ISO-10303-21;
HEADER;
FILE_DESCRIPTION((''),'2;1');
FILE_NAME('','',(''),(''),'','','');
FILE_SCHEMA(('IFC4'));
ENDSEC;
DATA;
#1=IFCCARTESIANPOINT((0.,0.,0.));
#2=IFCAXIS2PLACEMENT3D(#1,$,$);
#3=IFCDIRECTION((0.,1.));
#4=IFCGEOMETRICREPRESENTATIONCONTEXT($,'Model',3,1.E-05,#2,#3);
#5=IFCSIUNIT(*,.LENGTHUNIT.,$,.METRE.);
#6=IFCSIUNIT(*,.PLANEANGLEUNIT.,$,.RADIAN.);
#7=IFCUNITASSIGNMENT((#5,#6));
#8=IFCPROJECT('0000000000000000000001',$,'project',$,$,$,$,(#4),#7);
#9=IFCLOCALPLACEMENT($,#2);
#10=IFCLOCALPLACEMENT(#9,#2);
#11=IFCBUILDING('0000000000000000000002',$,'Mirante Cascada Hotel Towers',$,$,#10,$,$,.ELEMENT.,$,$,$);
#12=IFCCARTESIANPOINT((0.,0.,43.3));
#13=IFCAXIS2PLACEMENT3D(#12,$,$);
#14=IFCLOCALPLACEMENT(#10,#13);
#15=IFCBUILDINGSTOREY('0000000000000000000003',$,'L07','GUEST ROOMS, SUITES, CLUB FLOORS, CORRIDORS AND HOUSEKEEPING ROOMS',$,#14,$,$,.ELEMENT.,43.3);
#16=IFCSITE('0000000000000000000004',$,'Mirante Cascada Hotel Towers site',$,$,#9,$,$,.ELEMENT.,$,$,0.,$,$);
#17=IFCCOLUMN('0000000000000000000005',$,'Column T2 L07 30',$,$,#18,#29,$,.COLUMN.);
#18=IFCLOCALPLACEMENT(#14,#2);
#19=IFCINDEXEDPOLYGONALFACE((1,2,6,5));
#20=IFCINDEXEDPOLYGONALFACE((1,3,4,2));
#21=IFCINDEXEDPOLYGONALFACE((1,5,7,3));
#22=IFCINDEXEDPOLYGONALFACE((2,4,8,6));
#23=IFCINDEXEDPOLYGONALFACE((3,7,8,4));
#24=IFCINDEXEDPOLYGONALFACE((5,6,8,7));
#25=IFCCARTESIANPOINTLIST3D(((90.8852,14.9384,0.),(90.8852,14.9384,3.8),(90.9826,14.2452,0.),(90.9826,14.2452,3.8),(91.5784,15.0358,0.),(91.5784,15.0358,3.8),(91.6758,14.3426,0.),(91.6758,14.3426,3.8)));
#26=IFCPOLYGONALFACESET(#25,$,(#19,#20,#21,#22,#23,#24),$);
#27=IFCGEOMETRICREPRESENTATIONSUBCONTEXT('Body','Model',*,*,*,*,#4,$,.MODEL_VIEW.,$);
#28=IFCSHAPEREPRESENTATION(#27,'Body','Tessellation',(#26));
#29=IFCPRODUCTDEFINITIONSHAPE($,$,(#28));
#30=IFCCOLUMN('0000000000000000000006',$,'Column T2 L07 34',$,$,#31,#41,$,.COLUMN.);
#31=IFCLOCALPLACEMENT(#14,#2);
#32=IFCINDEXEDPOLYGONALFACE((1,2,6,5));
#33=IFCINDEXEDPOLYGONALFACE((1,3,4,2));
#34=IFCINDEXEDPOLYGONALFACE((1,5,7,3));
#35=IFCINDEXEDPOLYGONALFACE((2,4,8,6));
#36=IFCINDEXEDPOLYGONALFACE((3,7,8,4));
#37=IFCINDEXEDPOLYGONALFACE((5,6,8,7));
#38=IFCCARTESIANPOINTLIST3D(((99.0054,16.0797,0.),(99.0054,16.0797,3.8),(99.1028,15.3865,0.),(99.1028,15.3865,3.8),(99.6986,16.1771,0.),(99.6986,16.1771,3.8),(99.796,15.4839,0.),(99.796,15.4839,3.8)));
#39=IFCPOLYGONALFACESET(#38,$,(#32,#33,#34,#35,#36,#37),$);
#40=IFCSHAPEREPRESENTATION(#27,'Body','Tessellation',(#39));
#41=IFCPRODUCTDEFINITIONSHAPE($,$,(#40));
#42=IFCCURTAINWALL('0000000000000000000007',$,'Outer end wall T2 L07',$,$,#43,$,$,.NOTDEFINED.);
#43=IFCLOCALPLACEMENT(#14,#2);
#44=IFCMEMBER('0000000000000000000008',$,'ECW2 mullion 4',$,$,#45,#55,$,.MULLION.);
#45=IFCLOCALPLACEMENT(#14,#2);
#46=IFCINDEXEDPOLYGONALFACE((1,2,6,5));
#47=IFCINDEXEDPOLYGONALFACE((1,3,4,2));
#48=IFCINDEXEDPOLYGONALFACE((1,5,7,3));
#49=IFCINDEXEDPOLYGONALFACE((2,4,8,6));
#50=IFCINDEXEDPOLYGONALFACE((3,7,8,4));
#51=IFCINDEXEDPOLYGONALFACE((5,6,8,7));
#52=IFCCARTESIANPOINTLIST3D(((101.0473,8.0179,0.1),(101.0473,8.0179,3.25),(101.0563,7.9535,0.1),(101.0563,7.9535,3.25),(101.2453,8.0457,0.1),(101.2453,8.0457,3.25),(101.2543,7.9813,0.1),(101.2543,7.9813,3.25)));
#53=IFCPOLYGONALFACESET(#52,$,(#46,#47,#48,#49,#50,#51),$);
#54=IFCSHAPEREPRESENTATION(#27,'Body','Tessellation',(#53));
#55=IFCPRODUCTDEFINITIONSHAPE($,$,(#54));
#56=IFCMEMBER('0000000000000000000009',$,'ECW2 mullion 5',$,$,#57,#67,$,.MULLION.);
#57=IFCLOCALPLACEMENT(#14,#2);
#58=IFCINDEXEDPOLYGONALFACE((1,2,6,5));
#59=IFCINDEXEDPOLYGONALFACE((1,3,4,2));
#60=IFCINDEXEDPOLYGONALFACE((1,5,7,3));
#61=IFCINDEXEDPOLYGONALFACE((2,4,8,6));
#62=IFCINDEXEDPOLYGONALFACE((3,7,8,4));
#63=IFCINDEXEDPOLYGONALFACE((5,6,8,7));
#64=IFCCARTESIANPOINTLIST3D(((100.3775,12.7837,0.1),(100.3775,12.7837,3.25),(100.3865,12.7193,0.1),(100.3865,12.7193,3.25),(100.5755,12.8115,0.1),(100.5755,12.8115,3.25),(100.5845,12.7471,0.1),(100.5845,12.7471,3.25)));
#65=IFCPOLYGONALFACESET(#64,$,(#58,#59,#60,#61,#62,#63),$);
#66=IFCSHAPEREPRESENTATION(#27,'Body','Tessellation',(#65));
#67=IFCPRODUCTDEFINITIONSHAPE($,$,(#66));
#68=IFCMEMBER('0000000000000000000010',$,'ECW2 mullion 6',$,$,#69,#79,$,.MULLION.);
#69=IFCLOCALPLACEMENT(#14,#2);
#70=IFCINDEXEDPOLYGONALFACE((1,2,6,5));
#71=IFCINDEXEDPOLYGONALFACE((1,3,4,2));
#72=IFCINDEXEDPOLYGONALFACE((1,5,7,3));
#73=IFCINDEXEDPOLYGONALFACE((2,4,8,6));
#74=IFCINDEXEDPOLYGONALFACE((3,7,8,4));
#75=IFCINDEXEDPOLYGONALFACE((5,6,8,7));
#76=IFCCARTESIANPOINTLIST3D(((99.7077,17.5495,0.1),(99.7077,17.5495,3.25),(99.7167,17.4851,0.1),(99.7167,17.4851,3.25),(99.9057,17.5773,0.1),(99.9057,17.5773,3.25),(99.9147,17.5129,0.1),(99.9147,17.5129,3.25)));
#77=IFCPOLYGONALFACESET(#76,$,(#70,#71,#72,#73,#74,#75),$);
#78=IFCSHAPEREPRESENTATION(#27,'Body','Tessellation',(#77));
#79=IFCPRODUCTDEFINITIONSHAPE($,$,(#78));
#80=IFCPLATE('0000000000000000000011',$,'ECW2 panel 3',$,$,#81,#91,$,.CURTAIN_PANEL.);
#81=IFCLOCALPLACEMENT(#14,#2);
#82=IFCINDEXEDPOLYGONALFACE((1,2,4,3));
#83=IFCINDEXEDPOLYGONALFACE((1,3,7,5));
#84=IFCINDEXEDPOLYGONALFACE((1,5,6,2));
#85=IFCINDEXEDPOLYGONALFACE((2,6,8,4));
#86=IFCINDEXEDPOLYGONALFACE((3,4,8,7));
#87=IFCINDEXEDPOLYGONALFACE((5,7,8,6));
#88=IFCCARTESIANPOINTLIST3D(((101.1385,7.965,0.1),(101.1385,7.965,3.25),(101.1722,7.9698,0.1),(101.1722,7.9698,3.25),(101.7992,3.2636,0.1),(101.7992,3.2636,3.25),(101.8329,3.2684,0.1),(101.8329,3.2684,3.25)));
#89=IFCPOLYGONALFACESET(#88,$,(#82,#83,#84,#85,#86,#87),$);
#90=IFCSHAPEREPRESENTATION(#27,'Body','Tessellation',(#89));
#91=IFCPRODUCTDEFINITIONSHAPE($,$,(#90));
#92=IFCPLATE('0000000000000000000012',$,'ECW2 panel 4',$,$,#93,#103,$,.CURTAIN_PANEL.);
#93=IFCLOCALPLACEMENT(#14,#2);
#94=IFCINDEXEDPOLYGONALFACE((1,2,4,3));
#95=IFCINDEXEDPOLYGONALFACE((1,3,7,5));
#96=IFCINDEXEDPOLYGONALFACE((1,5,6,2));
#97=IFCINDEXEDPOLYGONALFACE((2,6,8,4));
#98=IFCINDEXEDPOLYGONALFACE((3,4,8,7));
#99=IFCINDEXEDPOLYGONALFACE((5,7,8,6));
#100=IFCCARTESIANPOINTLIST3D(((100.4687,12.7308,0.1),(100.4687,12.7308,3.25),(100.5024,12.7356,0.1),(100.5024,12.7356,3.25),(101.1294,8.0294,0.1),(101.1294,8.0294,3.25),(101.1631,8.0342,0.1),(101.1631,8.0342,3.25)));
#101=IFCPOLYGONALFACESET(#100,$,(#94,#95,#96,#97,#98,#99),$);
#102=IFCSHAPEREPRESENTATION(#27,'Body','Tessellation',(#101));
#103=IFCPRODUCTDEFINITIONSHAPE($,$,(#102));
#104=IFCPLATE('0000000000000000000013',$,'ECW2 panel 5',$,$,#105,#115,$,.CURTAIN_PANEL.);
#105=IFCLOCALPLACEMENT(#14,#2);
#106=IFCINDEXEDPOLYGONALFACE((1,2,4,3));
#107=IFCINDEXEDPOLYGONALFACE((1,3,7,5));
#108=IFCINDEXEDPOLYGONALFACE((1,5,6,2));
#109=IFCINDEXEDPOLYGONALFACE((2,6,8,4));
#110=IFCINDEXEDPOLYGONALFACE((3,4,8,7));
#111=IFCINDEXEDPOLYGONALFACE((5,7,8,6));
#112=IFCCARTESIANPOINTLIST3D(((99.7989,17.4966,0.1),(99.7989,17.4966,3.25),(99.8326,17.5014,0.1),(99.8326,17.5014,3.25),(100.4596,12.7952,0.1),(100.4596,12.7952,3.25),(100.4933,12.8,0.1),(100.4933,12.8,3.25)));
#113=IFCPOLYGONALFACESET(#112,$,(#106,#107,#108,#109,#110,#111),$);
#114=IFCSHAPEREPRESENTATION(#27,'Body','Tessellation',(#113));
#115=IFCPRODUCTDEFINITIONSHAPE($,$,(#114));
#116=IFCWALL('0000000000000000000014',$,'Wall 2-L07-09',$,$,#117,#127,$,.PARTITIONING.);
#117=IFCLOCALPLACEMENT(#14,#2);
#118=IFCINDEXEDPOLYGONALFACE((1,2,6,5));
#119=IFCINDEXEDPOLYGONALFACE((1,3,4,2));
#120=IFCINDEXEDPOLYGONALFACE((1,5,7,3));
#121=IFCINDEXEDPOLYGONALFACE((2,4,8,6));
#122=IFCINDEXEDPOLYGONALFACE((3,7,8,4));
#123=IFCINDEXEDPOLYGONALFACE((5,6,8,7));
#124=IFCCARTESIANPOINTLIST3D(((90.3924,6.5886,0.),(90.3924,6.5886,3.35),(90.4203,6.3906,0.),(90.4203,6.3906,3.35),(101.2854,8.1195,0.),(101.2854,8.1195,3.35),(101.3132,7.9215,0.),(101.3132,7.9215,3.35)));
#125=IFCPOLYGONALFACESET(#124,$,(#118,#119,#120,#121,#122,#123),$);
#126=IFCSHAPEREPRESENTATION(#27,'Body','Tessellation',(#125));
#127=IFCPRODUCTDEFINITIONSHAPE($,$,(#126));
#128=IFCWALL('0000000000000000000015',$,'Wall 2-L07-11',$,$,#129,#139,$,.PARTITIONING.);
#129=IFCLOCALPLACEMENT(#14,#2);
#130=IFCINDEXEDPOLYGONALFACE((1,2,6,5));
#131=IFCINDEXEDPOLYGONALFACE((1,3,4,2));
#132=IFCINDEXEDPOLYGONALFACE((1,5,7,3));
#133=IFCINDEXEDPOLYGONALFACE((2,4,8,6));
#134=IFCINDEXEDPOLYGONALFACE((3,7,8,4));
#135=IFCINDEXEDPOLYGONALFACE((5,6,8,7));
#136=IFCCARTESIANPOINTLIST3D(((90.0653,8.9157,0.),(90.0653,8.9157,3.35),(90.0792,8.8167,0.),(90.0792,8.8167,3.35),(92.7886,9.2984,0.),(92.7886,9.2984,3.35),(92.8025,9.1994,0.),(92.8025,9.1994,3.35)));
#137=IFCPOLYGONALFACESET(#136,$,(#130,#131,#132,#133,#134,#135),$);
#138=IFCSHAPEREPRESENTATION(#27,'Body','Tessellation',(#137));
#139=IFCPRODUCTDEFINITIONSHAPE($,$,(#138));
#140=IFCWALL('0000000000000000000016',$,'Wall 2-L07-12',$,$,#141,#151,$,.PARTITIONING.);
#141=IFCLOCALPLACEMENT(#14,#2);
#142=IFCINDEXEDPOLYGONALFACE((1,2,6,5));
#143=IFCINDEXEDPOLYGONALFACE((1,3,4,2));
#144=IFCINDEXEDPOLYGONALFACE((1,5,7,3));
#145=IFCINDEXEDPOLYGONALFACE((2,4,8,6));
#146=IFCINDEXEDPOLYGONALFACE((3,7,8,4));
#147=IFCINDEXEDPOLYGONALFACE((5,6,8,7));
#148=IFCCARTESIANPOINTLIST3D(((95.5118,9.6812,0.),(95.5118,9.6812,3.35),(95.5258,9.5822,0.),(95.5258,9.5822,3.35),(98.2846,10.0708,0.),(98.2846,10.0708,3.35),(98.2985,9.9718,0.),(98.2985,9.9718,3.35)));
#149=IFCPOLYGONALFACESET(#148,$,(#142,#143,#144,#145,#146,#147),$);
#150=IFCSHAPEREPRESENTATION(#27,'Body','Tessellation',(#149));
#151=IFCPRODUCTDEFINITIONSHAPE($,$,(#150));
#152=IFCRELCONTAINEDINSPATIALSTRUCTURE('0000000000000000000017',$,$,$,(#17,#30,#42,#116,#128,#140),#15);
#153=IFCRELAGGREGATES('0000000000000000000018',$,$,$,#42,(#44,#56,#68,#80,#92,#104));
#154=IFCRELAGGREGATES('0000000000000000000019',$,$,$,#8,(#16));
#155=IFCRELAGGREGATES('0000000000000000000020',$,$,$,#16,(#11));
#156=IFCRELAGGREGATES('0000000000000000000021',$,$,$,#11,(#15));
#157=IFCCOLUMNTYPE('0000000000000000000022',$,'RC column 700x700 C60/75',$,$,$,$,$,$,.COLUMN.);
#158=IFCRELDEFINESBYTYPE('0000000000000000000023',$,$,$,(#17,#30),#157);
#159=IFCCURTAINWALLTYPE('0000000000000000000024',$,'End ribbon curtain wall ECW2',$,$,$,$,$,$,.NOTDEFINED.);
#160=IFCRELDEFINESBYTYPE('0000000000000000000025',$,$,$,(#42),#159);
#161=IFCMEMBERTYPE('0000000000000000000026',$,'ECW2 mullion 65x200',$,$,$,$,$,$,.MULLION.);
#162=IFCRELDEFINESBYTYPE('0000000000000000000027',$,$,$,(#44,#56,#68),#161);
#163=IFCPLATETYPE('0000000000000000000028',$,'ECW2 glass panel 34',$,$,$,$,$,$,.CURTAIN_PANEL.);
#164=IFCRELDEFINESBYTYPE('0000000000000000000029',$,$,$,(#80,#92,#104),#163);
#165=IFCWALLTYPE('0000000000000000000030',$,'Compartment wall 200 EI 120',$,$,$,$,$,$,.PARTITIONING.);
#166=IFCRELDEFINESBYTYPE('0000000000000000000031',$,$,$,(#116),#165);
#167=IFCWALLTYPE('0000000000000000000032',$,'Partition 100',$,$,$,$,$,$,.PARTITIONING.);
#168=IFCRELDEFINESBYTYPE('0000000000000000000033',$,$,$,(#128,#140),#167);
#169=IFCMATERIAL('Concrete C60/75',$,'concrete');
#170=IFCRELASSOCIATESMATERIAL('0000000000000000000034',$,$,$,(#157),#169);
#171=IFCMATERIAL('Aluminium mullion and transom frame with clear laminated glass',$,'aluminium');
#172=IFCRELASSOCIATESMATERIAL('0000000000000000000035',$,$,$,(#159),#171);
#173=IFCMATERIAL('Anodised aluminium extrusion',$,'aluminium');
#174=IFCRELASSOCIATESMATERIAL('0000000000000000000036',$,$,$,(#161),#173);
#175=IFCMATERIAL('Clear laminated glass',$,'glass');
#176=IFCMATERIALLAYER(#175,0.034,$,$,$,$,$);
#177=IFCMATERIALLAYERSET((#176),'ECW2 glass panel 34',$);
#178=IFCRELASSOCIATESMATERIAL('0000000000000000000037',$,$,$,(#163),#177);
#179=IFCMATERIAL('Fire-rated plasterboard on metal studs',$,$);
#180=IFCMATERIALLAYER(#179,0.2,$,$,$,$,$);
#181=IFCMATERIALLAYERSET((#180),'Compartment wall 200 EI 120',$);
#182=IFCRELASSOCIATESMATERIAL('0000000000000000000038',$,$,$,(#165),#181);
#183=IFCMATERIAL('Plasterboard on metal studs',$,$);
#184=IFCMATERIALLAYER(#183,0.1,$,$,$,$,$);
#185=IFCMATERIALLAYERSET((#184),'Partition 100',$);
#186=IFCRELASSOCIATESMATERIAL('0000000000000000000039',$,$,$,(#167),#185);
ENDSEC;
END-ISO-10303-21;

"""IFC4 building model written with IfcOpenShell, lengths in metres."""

from ifc_helpers import new_model, si_unit, direction, frame, frame_2d, origin, origin_2d, place, context, subcontext, project, spatial, rectangle, extrude, material, layer, layer_set, material_profile, profile_set, type_object, element, aggregate, save


model = new_model("IFC4")

# Units and contexts
model_context = context("Model", 3, precision=1e-05, world=origin(), true_north=direction((0.0, 1.0)))
body_context = subcontext(model_context, "Body", "Model", "MODEL_VIEW")
ifc_project = project(units=[si_unit("LENGTHUNIT", "METRE"), si_unit("PLANEANGLEUNIT", "RADIAN")], contexts=[model_context])

# Site, building, storey
site_placement = place(None, origin())
site = spatial("IfcSite", under=ifc_project, at=site_placement, Name="Mirante Cascada Hotel Towers site", CompositionType="ELEMENT", RefElevation=0.0)
building_placement = place(site_placement, origin())
building = spatial("IfcBuilding", under=site, at=building_placement, Name="Mirante Cascada Hotel Towers", CompositionType="ELEMENT")
storey_placement = place(building_placement, frame((0.0, 0.0, 43.3)))
storey = spatial("IfcBuildingStorey", under=building, at=storey_placement, Name="L07", Description="GUEST ROOMS, SUITES, CLUB FLOORS, CORRIDORS AND HOUSEKEEPING ROOMS", CompositionType="ELEMENT", Elevation=43.3)

# Columns
ifc_material_1 = material(Name="Concrete C60/75", Category="concrete")
ifc_material_profile_1 = material_profile(ifc_material_1, rectangle(XDim=0.7, YDim=0.7, at=origin_2d()), Name="RC column 700x700 C60/75")
ifc_profile_set_1 = profile_set([ifc_material_profile_1], Name="Concrete C60/75")
column_type = type_object("IfcColumnType", Name="RC column 700x700 C60/75", PredefinedType="COLUMN", material=ifc_profile_set_1)
for number, where, z_axis, x_axis, name in (
    (1, (91.2805, 14.6405, 0.0), (0.0, 0.0, 1.0), (0.990268, 0.139173, 0.0), "Column T2 L07 30"),
    (2, (99.4007, 15.7818, 0.0), (0.0, 0.0, 1.0), (0.990268, 0.139173, 0.0), "Column T2 L07 34"),
):
    element("IfcColumn", number, at=place(storey_placement, frame(where, z_axis=z_axis, x_axis=x_axis)), inside=storey, type_object=column_type, Name=name, PredefinedType="COLUMN", context=body_context, shape_type="SweptSolid", body=[
        extrude(rectangle(XDim=0.7, YDim=0.7, at=origin_2d()), origin(), (0.0, 0.0, 1.0), 3.8),
    ])

# Curtain wall, members, plates
ifc_material_2 = material(Name="Aluminium mullion and transom frame with clear laminated glass", Category="aluminium")
curtain_wall_type = type_object("IfcCurtainWallType", Name="End ribbon curtain wall ECW2", PredefinedType="NOTDEFINED", material=ifc_material_2)
curtain_wall_placement = place(storey_placement, origin())
curtain_wall = element("IfcCurtainWall", 3, at=curtain_wall_placement, inside=storey, type_object=curtain_wall_type, Name="Outer end wall T2 L07", PredefinedType="NOTDEFINED")
ifc_material_3 = material(Name="Anodised aluminium extrusion", Category="aluminium")
ifc_material_profile_2 = material_profile(ifc_material_3, rectangle(XDim=0.2, YDim=0.065, at=origin_2d()), Name="ECW2 MULLION 65x200")
ifc_profile_set_2 = profile_set([ifc_material_profile_2], Name="Anodised aluminium extrusion")
member_type = type_object("IfcMemberType", Name="ECW2 mullion 65x200", PredefinedType="MULLION", material=ifc_profile_set_2)
member_1_placement = place(storey_placement, frame((101.1508, 7.9996, 0.1), z_axis=(0.0, 0.0, 1.0), x_axis=(-0.990268, -0.139173, 0.0)))
member_1 = element("IfcMember", 4, at=member_1_placement, type_object=member_type, Name="ECW2 mullion 4", PredefinedType="MULLION", context=body_context, shape_type="SweptSolid", body=[
    extrude(rectangle(XDim=0.2, YDim=0.065, at=origin_2d()), origin(), (0.0, 0.0, 1.0), 3.15),
])
member_2_placement = place(storey_placement, frame((100.481, 12.7654, 0.1), z_axis=(0.0, 0.0, 1.0), x_axis=(-0.990268, -0.139173, 0.0)))
member_2 = element("IfcMember", 5, at=member_2_placement, type_object=member_type, Name="ECW2 mullion 5", PredefinedType="MULLION", context=body_context, shape_type="SweptSolid", body=[
    extrude(rectangle(XDim=0.2, YDim=0.065, at=origin_2d()), origin(), (0.0, 0.0, 1.0), 3.15),
])
member_3_placement = place(storey_placement, frame((99.8112, 17.5312, 0.1), z_axis=(0.0, 0.0, 1.0), x_axis=(-0.990268, -0.139173, 0.0)))
member_3 = element("IfcMember", 6, at=member_3_placement, type_object=member_type, Name="ECW2 mullion 6", PredefinedType="MULLION", context=body_context, shape_type="SweptSolid", body=[
    extrude(rectangle(XDim=0.2, YDim=0.065, at=origin_2d()), origin(), (0.0, 0.0, 1.0), 3.15),
])
ifc_material_4 = material(Name="Clear laminated glass", Category="glass")
ifc_layer_1 = layer(ifc_material_4, 0.034)
ifc_layer_set_1 = layer_set([ifc_layer_1], Name="ECW2 glass panel 34")
plate_type = type_object("IfcPlateType", Name="ECW2 glass panel 34", PredefinedType="CURTAIN_PANEL", material=ifc_layer_set_1)
plate_1_placement = place(storey_placement, frame((101.4857, 5.6167, 0.1), z_axis=(0.0, 0.0, 1.0), x_axis=(-0.139173, 0.990268, 0.0)))
plate_1 = element("IfcPlate", 7, at=plate_1_placement, type_object=plate_type, Name="ECW2 panel 3", PredefinedType="CURTAIN_PANEL", context=body_context, shape_type="SweptSolid", body=[
    extrude(rectangle(XDim=4.7476, YDim=0.034, at=origin_2d()), origin(), (0.0, 0.0, 1.0), 3.15),
])
plate_2_placement = place(storey_placement, frame((100.8159, 10.3825, 0.1), z_axis=(0.0, 0.0, 1.0), x_axis=(-0.139173, 0.990268, 0.0)))
plate_2 = element("IfcPlate", 8, at=plate_2_placement, type_object=plate_type, Name="ECW2 panel 4", PredefinedType="CURTAIN_PANEL", context=body_context, shape_type="SweptSolid", body=[
    extrude(rectangle(XDim=4.7476, YDim=0.034, at=origin_2d()), origin(), (0.0, 0.0, 1.0), 3.15),
])
plate_3_placement = place(storey_placement, frame((100.1461, 15.1483, 0.1), z_axis=(0.0, 0.0, 1.0), x_axis=(-0.139173, 0.990268, 0.0)))
plate_3 = element("IfcPlate", 9, at=plate_3_placement, type_object=plate_type, Name="ECW2 panel 5", PredefinedType="CURTAIN_PANEL", context=body_context, shape_type="SweptSolid", body=[
    extrude(rectangle(XDim=4.7476, YDim=0.034, at=origin_2d()), origin(), (0.0, 0.0, 1.0), 3.15),
])
aggregate(curtain_wall, [member_1, member_2, member_3, plate_1, plate_2, plate_3])

# Walls
ifc_material_5 = material(Name="Fire-rated plasterboard on metal studs")
ifc_layer_2 = layer(ifc_material_5, 0.2)
ifc_layer_set_2 = layer_set([ifc_layer_2], Name="Compartment wall 200 EI 120")
wall_type_1 = type_object("IfcWallType", Name="Compartment wall 200 EI 120", PredefinedType="PARTITIONING", material=ifc_layer_set_2)
wall_1_placement = place(storey_placement, frame((101.2993, 8.0205, 0.0), z_axis=(0.0, 0.0, 1.0), x_axis=(-0.990268, -0.139173, 0.0)))
element("IfcWall", 10, at=wall_1_placement, inside=storey, type_object=wall_type_1, Name="Wall 2-L07-09", PredefinedType="PARTITIONING", context=body_context, shape_type="SweptSolid", body=[
    extrude(rectangle(XDim=11.0, YDim=0.2, at=frame_2d((5.5, 0.0))), origin(), (0.0, 0.0, 1.0), 3.35),
])
ifc_material_6 = material(Name="Plasterboard on metal studs")
ifc_layer_3 = layer(ifc_material_6, 0.1)
ifc_layer_set_3 = layer_set([ifc_layer_3], Name="Partition 100")
wall_type_2 = type_object("IfcWallType", Name="Partition 100", PredefinedType="PARTITIONING", material=ifc_layer_set_3)
wall_2_placement = place(storey_placement, frame((92.7956, 9.2489, 0.0), z_axis=(0.0, 0.0, 1.0), x_axis=(-0.99027, -0.139161, 0.0)))
element("IfcWall", 11, at=wall_2_placement, inside=storey, type_object=wall_type_2, Name="Wall 2-L07-11", PredefinedType="PARTITIONING", context=body_context, shape_type="SweptSolid", body=[
    extrude(rectangle(XDim=2.7501, YDim=0.1, at=frame_2d((1.3751, 0.0))), origin(), (0.0, 0.0, 1.0), 3.35),
])
wall_3_placement = place(storey_placement, frame((95.5188, 9.6317, 0.0), z_axis=(0.0, 0.0, 1.0), x_axis=(0.990273, 0.139141, 0.0)))
element("IfcWall", 12, at=wall_3_placement, inside=storey, type_object=wall_type_2, Name="Wall 2-L07-12", PredefinedType="PARTITIONING", context=body_context, shape_type="SweptSolid", body=[
    extrude(rectangle(XDim=2.8, YDim=0.1, at=frame_2d((1.4, 0.0))), origin(), (0.0, 0.0, 1.0), 3.35),
])

save(model, "model.ifc")
